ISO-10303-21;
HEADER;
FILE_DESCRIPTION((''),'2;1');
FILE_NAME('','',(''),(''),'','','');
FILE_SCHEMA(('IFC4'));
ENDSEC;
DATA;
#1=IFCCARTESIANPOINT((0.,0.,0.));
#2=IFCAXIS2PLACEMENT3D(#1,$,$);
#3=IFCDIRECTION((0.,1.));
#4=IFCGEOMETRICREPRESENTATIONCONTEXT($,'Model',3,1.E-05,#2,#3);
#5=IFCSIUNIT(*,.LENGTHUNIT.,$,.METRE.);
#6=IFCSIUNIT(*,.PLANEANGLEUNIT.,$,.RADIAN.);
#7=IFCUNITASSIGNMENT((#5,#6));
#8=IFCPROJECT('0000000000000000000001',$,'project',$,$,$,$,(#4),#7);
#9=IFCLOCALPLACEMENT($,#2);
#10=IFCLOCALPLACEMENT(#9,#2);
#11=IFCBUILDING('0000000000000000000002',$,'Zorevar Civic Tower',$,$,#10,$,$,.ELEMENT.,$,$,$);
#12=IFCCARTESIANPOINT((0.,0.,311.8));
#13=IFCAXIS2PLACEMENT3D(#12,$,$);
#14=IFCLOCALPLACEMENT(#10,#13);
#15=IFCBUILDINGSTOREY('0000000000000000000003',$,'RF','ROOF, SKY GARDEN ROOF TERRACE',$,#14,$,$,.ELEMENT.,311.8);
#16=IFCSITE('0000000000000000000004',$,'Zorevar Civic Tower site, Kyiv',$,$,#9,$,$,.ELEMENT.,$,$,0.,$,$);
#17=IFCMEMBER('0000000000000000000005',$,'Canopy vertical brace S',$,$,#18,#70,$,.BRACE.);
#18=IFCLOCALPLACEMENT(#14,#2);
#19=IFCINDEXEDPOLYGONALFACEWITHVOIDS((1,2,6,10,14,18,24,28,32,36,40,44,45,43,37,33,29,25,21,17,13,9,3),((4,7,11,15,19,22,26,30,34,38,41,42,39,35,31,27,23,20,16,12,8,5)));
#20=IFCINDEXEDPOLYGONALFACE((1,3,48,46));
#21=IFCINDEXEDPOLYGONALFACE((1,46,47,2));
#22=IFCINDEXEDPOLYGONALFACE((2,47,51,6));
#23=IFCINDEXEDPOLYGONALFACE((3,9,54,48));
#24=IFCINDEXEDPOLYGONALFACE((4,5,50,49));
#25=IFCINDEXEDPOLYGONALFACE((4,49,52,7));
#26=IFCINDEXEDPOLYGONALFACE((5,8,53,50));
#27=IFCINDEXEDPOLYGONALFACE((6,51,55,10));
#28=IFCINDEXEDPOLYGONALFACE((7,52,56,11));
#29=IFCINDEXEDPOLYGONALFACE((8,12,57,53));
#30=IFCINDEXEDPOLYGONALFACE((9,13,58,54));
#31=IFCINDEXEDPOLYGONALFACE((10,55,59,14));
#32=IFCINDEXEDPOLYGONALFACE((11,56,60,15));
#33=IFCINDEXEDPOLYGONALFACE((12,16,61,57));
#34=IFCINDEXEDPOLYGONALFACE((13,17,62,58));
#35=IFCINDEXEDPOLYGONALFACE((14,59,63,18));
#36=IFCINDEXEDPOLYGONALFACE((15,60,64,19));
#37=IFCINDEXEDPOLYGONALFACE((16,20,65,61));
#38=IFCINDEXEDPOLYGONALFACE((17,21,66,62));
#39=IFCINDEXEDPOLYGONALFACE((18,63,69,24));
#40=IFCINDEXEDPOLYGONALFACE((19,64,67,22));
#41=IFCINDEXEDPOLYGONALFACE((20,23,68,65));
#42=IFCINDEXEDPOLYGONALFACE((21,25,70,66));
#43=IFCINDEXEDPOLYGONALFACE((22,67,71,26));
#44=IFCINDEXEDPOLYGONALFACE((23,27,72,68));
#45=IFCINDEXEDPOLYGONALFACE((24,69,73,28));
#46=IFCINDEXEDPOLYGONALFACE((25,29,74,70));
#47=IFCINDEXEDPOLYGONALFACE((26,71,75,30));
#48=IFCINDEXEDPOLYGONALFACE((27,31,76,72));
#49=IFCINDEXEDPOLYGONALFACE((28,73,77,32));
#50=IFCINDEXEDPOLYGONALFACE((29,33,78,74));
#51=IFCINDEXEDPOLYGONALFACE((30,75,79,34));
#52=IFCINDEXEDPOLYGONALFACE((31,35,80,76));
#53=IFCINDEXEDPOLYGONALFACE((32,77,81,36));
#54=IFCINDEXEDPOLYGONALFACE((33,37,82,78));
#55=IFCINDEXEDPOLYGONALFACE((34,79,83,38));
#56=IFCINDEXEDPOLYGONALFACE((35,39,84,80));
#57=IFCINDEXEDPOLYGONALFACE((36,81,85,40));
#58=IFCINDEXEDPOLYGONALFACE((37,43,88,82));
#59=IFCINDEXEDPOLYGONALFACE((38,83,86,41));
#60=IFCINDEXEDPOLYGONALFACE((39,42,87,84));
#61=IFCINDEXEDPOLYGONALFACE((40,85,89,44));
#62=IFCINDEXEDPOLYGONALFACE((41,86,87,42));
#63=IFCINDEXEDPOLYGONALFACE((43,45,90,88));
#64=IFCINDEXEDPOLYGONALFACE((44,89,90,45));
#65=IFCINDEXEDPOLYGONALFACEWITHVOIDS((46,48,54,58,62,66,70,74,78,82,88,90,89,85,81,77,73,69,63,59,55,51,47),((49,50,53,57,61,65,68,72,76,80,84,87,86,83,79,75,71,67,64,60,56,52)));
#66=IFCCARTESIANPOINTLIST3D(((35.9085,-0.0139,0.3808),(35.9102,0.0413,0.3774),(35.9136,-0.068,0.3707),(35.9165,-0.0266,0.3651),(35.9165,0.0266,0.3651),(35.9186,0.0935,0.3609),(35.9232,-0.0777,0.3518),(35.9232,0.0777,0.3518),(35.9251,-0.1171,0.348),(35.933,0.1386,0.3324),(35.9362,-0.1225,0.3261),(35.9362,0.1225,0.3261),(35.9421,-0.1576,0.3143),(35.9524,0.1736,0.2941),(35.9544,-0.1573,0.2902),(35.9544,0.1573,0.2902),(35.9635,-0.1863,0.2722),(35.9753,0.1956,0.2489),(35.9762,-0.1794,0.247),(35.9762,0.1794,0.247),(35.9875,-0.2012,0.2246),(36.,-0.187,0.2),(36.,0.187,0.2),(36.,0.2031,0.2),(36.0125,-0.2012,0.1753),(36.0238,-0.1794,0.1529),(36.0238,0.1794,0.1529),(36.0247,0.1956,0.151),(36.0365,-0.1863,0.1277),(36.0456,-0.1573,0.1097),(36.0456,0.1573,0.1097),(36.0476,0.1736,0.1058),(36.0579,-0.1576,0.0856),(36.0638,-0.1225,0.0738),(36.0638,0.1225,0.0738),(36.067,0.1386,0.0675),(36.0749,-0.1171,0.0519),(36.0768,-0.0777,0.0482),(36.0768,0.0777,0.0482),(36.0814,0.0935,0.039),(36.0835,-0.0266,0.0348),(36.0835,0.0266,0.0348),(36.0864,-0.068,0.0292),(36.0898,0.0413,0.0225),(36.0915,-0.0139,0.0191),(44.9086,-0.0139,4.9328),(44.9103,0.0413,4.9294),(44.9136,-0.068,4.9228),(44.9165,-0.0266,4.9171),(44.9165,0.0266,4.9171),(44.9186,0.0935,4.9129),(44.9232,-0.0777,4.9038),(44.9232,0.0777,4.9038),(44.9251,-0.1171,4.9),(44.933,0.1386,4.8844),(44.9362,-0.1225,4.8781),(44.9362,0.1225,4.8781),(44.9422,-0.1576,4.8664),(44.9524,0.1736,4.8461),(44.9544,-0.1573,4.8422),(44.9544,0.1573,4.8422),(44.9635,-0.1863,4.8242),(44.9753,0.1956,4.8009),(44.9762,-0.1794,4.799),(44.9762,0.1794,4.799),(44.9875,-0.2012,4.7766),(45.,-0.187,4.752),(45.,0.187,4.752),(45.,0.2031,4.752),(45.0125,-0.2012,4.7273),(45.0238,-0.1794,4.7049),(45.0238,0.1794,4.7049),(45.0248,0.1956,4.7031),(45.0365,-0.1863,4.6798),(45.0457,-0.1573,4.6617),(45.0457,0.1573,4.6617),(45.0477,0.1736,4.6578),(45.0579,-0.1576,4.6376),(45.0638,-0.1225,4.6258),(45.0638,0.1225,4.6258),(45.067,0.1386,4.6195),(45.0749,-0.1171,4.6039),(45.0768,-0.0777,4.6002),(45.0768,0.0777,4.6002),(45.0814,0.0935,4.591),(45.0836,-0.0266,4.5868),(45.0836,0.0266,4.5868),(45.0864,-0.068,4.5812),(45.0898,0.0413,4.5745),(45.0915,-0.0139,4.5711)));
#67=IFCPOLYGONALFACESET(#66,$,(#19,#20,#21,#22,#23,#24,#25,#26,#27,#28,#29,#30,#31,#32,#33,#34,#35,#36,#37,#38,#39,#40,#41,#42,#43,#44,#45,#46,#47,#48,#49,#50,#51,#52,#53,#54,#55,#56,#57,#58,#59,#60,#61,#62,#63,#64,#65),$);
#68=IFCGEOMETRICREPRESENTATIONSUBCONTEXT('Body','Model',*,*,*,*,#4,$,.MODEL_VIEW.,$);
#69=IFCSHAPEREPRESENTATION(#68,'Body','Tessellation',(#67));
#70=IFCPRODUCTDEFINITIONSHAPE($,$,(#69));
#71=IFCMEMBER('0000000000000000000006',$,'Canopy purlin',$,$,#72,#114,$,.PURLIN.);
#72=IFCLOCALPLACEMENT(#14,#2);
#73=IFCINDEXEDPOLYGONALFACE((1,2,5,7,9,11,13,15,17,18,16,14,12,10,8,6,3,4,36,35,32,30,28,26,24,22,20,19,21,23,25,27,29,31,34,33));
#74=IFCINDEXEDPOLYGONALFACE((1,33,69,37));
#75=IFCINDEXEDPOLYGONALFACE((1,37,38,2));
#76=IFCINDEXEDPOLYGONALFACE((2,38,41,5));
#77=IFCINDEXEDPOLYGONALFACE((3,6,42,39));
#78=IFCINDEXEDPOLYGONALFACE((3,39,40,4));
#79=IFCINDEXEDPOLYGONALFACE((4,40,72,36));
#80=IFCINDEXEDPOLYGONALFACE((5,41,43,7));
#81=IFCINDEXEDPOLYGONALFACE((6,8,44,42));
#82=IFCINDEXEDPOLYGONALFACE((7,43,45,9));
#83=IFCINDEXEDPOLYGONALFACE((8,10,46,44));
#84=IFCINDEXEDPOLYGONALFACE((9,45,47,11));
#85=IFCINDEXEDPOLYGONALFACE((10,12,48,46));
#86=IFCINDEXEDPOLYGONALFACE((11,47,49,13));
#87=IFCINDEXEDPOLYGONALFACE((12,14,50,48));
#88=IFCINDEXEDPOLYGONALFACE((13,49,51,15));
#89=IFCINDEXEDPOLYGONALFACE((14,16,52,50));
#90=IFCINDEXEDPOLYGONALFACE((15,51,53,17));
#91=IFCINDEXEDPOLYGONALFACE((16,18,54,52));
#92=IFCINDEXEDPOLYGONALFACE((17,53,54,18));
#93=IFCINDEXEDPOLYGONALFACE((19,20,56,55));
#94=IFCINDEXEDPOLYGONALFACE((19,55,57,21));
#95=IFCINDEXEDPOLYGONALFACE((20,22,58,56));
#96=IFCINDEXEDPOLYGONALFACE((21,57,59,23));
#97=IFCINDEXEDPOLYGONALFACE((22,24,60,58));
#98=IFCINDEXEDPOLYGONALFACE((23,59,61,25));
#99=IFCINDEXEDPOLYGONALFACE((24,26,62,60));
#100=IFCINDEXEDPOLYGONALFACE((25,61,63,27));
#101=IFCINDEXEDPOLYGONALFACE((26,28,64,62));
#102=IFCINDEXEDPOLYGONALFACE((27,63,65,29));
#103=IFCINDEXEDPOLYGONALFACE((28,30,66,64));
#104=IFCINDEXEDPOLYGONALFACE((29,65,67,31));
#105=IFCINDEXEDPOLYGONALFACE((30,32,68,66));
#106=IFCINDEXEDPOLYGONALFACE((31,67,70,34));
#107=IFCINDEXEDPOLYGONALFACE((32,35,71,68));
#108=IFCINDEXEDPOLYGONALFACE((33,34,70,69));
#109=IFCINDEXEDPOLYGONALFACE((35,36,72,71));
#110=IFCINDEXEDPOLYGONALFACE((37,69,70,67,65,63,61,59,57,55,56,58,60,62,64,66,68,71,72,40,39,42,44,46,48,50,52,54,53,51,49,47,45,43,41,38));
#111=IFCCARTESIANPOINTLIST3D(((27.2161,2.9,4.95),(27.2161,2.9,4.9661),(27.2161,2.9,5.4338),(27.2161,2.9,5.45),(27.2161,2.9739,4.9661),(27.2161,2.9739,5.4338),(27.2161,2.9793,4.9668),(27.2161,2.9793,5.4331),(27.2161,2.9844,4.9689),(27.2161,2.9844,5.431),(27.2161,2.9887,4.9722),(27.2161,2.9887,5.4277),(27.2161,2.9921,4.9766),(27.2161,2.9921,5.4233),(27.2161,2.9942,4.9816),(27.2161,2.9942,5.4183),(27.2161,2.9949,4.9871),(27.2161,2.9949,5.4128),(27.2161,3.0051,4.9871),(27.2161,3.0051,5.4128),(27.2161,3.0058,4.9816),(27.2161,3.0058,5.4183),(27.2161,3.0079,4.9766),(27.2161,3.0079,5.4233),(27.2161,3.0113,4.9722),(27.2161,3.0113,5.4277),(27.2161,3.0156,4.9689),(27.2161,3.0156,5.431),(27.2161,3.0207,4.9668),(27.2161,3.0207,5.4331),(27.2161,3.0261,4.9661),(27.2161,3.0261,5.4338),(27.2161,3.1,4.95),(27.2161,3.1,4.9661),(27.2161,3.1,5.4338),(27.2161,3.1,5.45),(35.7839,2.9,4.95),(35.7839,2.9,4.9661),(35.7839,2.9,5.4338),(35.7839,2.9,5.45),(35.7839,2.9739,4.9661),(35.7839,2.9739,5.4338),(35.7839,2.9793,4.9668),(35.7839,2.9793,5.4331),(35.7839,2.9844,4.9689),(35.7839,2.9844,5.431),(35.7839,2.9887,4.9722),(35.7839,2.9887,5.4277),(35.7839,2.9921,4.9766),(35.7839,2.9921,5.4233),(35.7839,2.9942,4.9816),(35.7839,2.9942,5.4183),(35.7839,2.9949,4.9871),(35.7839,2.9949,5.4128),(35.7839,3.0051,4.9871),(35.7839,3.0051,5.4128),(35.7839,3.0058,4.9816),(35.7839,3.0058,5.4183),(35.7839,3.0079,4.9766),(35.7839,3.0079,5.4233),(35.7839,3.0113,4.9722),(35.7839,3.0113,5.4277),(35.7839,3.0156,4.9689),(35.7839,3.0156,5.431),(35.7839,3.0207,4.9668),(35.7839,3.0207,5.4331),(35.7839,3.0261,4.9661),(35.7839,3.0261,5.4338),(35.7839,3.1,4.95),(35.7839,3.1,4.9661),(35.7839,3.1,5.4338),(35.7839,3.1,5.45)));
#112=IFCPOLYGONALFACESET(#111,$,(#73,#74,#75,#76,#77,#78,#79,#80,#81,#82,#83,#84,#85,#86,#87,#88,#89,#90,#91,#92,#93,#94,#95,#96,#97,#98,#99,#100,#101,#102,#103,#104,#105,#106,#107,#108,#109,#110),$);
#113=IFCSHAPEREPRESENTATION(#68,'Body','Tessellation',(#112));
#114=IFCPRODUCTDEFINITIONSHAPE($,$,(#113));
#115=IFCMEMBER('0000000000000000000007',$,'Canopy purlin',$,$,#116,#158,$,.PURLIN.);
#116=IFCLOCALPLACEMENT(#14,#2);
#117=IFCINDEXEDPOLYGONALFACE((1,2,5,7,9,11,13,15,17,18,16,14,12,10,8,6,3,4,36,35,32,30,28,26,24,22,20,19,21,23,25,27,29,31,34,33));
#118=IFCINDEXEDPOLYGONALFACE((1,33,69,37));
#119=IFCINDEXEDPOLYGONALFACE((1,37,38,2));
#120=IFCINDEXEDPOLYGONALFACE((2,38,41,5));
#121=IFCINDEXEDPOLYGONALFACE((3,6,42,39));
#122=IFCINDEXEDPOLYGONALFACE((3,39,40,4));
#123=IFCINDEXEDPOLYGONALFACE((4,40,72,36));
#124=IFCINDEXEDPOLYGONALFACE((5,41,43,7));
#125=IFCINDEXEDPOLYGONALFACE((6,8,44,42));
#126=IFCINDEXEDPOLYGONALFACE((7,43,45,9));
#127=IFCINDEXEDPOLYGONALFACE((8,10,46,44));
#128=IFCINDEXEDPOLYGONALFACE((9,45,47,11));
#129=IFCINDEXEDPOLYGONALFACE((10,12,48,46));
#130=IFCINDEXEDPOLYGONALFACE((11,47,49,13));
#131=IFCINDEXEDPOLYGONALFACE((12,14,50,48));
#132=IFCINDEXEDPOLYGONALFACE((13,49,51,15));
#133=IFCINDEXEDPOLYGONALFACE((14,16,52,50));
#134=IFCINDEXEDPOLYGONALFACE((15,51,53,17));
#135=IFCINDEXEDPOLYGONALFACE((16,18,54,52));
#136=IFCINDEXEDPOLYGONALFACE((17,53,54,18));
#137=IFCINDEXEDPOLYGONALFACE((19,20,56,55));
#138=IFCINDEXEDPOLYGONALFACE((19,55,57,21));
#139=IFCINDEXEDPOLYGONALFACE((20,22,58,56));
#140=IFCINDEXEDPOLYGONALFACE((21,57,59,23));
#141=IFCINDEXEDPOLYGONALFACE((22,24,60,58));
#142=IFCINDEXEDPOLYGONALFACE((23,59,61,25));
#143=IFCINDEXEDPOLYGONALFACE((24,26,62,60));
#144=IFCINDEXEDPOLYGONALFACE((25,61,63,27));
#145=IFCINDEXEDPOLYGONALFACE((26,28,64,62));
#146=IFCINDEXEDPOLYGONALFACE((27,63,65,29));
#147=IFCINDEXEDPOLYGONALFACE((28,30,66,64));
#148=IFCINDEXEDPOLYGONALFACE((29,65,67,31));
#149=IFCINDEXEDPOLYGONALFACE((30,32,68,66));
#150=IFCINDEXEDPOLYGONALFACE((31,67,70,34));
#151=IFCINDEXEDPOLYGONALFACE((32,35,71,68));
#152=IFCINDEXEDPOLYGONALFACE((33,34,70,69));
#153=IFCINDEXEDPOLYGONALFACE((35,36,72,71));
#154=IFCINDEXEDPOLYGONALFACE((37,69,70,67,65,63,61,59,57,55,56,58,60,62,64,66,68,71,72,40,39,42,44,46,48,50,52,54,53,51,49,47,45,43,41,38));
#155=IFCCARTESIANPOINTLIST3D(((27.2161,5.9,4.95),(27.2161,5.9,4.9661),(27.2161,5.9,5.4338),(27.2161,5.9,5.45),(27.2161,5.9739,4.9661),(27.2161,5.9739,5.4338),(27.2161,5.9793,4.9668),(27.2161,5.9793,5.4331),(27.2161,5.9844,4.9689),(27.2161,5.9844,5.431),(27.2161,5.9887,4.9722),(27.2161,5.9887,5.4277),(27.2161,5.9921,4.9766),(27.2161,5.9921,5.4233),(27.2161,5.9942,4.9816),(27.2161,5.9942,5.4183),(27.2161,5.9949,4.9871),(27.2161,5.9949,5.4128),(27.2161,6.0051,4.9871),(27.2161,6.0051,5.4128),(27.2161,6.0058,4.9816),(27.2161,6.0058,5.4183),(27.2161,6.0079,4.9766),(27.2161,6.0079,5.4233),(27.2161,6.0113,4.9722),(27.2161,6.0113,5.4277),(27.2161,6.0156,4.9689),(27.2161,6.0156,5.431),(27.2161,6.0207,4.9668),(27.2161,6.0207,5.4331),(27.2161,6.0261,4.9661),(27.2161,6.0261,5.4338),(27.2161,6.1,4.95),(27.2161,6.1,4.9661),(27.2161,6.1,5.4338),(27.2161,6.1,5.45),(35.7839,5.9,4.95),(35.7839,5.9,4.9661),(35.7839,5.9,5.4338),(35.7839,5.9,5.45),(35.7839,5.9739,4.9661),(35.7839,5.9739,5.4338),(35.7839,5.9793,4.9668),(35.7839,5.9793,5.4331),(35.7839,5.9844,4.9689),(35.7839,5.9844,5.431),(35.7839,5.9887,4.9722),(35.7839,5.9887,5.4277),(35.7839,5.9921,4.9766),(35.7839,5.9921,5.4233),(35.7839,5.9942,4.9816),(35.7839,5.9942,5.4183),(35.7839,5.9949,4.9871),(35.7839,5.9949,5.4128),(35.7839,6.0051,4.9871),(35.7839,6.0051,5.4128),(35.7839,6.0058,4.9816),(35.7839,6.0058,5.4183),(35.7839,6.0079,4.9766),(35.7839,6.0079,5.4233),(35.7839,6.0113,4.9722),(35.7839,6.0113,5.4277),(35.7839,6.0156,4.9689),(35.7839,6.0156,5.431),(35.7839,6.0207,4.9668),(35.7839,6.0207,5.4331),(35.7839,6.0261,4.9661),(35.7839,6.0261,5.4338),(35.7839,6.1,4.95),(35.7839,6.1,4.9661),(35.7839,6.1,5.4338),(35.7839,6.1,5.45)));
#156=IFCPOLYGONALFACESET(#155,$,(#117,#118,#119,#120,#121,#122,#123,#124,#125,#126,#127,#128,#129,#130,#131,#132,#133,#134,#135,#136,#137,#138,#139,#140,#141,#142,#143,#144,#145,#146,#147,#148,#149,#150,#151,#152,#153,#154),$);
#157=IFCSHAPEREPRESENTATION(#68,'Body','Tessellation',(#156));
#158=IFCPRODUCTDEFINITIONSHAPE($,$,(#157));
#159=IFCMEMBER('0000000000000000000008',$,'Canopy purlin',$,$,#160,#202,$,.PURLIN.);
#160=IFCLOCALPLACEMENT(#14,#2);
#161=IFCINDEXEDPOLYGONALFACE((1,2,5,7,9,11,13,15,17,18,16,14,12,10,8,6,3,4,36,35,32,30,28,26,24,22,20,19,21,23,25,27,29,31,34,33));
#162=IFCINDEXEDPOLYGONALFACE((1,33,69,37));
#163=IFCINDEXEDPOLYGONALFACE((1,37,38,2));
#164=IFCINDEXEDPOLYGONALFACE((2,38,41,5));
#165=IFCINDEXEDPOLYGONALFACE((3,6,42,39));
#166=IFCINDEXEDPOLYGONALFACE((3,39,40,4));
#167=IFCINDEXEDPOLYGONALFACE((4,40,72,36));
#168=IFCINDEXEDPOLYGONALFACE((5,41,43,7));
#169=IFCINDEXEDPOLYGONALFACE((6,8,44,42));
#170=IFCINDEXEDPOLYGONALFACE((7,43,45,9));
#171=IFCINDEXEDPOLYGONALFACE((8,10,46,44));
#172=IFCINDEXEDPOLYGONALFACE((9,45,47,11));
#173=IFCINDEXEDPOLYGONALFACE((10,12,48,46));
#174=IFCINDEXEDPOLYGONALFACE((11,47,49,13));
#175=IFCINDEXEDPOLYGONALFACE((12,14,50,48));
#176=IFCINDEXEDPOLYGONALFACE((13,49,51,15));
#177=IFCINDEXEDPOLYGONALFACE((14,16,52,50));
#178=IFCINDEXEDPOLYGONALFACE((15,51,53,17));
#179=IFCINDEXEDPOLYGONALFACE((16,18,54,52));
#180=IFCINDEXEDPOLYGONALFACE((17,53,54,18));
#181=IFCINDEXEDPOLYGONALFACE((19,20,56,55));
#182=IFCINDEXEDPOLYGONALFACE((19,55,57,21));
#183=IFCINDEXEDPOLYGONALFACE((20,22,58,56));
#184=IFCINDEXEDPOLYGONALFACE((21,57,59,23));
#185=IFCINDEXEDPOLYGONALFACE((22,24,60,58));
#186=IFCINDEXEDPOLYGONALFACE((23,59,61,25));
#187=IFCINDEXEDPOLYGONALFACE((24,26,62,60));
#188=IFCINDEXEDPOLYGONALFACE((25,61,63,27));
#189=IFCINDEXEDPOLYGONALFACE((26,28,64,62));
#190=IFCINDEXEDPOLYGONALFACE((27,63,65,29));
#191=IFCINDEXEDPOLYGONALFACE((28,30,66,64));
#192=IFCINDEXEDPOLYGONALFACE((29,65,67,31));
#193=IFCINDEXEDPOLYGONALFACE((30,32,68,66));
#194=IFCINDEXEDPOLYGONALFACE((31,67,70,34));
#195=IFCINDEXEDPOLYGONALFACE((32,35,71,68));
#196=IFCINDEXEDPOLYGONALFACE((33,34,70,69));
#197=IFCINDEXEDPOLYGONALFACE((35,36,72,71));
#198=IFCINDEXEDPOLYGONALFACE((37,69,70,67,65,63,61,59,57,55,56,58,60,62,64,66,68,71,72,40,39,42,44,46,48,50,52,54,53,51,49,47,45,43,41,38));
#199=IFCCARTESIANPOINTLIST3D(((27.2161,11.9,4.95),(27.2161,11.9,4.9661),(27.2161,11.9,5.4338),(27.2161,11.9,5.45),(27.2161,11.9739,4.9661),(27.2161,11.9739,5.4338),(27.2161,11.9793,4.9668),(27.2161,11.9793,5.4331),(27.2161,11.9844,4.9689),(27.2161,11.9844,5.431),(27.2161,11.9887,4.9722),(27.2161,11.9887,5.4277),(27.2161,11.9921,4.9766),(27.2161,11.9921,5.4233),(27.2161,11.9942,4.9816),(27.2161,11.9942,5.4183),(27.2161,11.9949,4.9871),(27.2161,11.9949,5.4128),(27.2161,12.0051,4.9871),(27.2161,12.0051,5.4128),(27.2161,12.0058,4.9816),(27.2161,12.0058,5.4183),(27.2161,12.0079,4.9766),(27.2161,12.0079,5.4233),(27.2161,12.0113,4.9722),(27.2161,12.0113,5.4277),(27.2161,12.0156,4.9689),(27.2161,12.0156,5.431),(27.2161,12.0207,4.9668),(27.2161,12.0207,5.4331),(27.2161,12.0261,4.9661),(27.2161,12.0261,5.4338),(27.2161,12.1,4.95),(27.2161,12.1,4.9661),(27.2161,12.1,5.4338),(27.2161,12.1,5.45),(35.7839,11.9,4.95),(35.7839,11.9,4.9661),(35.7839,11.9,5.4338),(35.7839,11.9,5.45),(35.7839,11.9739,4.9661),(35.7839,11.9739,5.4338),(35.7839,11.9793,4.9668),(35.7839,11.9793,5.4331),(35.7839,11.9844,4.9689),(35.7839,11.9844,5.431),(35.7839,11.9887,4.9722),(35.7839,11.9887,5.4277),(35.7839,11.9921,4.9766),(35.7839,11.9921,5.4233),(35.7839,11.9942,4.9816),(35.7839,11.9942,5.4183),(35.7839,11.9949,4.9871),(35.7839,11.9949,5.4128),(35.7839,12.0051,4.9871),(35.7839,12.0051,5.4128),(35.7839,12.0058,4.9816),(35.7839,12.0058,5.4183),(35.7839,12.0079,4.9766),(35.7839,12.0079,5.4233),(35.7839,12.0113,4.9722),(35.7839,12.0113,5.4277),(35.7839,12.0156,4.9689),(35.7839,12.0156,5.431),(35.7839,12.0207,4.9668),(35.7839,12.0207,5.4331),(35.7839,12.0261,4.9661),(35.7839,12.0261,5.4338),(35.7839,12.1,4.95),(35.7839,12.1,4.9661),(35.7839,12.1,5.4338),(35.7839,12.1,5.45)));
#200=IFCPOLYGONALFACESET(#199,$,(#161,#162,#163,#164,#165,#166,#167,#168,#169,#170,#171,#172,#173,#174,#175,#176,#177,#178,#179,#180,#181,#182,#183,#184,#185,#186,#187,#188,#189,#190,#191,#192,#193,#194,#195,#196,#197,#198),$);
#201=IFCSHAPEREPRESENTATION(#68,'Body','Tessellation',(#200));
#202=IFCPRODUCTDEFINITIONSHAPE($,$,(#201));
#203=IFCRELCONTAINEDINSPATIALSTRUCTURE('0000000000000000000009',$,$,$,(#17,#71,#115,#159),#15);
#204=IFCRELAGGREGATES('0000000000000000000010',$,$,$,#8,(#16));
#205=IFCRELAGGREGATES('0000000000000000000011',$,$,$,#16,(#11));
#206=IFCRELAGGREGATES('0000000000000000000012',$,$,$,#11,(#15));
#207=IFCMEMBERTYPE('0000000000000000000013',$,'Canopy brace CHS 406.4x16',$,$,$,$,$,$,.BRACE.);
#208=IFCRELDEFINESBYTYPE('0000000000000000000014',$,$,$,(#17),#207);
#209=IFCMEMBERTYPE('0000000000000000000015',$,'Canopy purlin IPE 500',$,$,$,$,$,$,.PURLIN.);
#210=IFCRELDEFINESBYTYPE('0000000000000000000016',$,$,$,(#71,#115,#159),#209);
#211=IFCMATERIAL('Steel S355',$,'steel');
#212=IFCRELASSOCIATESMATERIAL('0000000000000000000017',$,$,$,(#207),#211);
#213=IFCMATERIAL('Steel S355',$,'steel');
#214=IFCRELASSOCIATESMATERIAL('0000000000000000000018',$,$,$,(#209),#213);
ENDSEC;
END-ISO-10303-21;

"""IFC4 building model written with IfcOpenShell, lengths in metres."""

from ifc_helpers import new_model, si_unit, direction, frame, origin, origin_2d, place, context, subcontext, project, spatial, hollow_circle, i_section, extrude, material, material_profile, profile_set, type_object, element, save


model = new_model("IFC4")

# Units and contexts
model_context = context("Model", 3, precision=1e-05, world=origin(), true_north=direction((0.0, 1.0)))
body_context = subcontext(model_context, "Body", "Model", "MODEL_VIEW")
ifc_project = project(units=[si_unit("LENGTHUNIT", "METRE"), si_unit("PLANEANGLEUNIT", "RADIAN")], contexts=[model_context])

# Site, building, storey
site_placement = place(None, origin())
site = spatial("IfcSite", under=ifc_project, at=site_placement, Name="Zorevar Civic Tower site, Kyiv", CompositionType="ELEMENT", RefElevation=0.0)
building_placement = place(site_placement, origin())
building = spatial("IfcBuilding", under=site, at=building_placement, Name="Zorevar Civic Tower", CompositionType="ELEMENT")
storey_placement = place(building_placement, frame((0.0, 0.0, 311.8)))
storey = spatial("IfcBuildingStorey", under=building, at=storey_placement, Name="RF", Description="ROOF, SKY GARDEN ROOF TERRACE", CompositionType="ELEMENT", Elevation=311.8)

# Members
ifc_material_1 = material(Name="Steel S355", Category="steel")
ifc_material_profile_1 = material_profile(ifc_material_1, hollow_circle(Radius=0.2031, WallThickness=0.0161, at=origin_2d()), Name="CHS 406.4x16")
ifc_profile_set_1 = profile_set([ifc_material_profile_1], Name="Steel S355")
member_type_1 = type_object("IfcMemberType", Name="Canopy brace CHS 406.4x16", PredefinedType="BRACE", material=ifc_profile_set_1)
for number, where, z_axis, x_axis, name in (
    (1, (36.0, 0.0, 0.2), (0.892355, 0.0, 0.451334), (0.0, 1.0, 0.0), "Canopy vertical brace S"),
):
    element("IfcMember", number, at=place(storey_placement, frame(where, z_axis=z_axis, x_axis=x_axis)), inside=storey, type_object=member_type_1, Name=name, PredefinedType="BRACE", context=body_context, shape_type="SweptSolid", body=[
        extrude(hollow_circle(Radius=0.2031, WallThickness=0.0161, at=origin_2d()), origin(), (0.0, 0.0, 1.0), 10.0857),
    ])
ifc_material_2 = material(Name="Steel S355", Category="steel")
ifc_material_profile_2 = material_profile(ifc_material_2, i_section(OverallWidth=0.2, OverallDepth=0.5, WebThickness=0.0103, FlangeThickness=0.0161, FilletRadius=0.021, at=origin_2d()), Name="IPE 500")
ifc_profile_set_2 = profile_set([ifc_material_profile_2], Name="Steel S355")
member_type_2 = type_object("IfcMemberType", Name="Canopy purlin IPE 500", PredefinedType="PURLIN", material=ifc_profile_set_2)
for number, where, z_axis, x_axis, name in (
    (2, (27.2161, 3.0, 5.2), (1.0, 0.0, 0.0), (0.0, 1.0, 0.0), "Canopy purlin"),
    (3, (27.2161, 6.0, 5.2), (1.0, 0.0, 0.0), (0.0, 1.0, 0.0), "Canopy purlin"),
    (4, (27.2161, 12.0, 5.2), (1.0, 0.0, 0.0), (0.0, 1.0, 0.0), "Canopy purlin"),
):
    element("IfcMember", number, at=place(storey_placement, frame(where, z_axis=z_axis, x_axis=x_axis)), inside=storey, type_object=member_type_2, Name=name, PredefinedType="PURLIN", context=body_context, shape_type="SweptSolid", body=[
        extrude(i_section(OverallWidth=0.2, OverallDepth=0.5, WebThickness=0.0103, FlangeThickness=0.0161, FilletRadius=0.021, at=origin_2d()), origin(), (0.0, 0.0, 1.0), 8.5679),
    ])

save(model, "model.ifc")
